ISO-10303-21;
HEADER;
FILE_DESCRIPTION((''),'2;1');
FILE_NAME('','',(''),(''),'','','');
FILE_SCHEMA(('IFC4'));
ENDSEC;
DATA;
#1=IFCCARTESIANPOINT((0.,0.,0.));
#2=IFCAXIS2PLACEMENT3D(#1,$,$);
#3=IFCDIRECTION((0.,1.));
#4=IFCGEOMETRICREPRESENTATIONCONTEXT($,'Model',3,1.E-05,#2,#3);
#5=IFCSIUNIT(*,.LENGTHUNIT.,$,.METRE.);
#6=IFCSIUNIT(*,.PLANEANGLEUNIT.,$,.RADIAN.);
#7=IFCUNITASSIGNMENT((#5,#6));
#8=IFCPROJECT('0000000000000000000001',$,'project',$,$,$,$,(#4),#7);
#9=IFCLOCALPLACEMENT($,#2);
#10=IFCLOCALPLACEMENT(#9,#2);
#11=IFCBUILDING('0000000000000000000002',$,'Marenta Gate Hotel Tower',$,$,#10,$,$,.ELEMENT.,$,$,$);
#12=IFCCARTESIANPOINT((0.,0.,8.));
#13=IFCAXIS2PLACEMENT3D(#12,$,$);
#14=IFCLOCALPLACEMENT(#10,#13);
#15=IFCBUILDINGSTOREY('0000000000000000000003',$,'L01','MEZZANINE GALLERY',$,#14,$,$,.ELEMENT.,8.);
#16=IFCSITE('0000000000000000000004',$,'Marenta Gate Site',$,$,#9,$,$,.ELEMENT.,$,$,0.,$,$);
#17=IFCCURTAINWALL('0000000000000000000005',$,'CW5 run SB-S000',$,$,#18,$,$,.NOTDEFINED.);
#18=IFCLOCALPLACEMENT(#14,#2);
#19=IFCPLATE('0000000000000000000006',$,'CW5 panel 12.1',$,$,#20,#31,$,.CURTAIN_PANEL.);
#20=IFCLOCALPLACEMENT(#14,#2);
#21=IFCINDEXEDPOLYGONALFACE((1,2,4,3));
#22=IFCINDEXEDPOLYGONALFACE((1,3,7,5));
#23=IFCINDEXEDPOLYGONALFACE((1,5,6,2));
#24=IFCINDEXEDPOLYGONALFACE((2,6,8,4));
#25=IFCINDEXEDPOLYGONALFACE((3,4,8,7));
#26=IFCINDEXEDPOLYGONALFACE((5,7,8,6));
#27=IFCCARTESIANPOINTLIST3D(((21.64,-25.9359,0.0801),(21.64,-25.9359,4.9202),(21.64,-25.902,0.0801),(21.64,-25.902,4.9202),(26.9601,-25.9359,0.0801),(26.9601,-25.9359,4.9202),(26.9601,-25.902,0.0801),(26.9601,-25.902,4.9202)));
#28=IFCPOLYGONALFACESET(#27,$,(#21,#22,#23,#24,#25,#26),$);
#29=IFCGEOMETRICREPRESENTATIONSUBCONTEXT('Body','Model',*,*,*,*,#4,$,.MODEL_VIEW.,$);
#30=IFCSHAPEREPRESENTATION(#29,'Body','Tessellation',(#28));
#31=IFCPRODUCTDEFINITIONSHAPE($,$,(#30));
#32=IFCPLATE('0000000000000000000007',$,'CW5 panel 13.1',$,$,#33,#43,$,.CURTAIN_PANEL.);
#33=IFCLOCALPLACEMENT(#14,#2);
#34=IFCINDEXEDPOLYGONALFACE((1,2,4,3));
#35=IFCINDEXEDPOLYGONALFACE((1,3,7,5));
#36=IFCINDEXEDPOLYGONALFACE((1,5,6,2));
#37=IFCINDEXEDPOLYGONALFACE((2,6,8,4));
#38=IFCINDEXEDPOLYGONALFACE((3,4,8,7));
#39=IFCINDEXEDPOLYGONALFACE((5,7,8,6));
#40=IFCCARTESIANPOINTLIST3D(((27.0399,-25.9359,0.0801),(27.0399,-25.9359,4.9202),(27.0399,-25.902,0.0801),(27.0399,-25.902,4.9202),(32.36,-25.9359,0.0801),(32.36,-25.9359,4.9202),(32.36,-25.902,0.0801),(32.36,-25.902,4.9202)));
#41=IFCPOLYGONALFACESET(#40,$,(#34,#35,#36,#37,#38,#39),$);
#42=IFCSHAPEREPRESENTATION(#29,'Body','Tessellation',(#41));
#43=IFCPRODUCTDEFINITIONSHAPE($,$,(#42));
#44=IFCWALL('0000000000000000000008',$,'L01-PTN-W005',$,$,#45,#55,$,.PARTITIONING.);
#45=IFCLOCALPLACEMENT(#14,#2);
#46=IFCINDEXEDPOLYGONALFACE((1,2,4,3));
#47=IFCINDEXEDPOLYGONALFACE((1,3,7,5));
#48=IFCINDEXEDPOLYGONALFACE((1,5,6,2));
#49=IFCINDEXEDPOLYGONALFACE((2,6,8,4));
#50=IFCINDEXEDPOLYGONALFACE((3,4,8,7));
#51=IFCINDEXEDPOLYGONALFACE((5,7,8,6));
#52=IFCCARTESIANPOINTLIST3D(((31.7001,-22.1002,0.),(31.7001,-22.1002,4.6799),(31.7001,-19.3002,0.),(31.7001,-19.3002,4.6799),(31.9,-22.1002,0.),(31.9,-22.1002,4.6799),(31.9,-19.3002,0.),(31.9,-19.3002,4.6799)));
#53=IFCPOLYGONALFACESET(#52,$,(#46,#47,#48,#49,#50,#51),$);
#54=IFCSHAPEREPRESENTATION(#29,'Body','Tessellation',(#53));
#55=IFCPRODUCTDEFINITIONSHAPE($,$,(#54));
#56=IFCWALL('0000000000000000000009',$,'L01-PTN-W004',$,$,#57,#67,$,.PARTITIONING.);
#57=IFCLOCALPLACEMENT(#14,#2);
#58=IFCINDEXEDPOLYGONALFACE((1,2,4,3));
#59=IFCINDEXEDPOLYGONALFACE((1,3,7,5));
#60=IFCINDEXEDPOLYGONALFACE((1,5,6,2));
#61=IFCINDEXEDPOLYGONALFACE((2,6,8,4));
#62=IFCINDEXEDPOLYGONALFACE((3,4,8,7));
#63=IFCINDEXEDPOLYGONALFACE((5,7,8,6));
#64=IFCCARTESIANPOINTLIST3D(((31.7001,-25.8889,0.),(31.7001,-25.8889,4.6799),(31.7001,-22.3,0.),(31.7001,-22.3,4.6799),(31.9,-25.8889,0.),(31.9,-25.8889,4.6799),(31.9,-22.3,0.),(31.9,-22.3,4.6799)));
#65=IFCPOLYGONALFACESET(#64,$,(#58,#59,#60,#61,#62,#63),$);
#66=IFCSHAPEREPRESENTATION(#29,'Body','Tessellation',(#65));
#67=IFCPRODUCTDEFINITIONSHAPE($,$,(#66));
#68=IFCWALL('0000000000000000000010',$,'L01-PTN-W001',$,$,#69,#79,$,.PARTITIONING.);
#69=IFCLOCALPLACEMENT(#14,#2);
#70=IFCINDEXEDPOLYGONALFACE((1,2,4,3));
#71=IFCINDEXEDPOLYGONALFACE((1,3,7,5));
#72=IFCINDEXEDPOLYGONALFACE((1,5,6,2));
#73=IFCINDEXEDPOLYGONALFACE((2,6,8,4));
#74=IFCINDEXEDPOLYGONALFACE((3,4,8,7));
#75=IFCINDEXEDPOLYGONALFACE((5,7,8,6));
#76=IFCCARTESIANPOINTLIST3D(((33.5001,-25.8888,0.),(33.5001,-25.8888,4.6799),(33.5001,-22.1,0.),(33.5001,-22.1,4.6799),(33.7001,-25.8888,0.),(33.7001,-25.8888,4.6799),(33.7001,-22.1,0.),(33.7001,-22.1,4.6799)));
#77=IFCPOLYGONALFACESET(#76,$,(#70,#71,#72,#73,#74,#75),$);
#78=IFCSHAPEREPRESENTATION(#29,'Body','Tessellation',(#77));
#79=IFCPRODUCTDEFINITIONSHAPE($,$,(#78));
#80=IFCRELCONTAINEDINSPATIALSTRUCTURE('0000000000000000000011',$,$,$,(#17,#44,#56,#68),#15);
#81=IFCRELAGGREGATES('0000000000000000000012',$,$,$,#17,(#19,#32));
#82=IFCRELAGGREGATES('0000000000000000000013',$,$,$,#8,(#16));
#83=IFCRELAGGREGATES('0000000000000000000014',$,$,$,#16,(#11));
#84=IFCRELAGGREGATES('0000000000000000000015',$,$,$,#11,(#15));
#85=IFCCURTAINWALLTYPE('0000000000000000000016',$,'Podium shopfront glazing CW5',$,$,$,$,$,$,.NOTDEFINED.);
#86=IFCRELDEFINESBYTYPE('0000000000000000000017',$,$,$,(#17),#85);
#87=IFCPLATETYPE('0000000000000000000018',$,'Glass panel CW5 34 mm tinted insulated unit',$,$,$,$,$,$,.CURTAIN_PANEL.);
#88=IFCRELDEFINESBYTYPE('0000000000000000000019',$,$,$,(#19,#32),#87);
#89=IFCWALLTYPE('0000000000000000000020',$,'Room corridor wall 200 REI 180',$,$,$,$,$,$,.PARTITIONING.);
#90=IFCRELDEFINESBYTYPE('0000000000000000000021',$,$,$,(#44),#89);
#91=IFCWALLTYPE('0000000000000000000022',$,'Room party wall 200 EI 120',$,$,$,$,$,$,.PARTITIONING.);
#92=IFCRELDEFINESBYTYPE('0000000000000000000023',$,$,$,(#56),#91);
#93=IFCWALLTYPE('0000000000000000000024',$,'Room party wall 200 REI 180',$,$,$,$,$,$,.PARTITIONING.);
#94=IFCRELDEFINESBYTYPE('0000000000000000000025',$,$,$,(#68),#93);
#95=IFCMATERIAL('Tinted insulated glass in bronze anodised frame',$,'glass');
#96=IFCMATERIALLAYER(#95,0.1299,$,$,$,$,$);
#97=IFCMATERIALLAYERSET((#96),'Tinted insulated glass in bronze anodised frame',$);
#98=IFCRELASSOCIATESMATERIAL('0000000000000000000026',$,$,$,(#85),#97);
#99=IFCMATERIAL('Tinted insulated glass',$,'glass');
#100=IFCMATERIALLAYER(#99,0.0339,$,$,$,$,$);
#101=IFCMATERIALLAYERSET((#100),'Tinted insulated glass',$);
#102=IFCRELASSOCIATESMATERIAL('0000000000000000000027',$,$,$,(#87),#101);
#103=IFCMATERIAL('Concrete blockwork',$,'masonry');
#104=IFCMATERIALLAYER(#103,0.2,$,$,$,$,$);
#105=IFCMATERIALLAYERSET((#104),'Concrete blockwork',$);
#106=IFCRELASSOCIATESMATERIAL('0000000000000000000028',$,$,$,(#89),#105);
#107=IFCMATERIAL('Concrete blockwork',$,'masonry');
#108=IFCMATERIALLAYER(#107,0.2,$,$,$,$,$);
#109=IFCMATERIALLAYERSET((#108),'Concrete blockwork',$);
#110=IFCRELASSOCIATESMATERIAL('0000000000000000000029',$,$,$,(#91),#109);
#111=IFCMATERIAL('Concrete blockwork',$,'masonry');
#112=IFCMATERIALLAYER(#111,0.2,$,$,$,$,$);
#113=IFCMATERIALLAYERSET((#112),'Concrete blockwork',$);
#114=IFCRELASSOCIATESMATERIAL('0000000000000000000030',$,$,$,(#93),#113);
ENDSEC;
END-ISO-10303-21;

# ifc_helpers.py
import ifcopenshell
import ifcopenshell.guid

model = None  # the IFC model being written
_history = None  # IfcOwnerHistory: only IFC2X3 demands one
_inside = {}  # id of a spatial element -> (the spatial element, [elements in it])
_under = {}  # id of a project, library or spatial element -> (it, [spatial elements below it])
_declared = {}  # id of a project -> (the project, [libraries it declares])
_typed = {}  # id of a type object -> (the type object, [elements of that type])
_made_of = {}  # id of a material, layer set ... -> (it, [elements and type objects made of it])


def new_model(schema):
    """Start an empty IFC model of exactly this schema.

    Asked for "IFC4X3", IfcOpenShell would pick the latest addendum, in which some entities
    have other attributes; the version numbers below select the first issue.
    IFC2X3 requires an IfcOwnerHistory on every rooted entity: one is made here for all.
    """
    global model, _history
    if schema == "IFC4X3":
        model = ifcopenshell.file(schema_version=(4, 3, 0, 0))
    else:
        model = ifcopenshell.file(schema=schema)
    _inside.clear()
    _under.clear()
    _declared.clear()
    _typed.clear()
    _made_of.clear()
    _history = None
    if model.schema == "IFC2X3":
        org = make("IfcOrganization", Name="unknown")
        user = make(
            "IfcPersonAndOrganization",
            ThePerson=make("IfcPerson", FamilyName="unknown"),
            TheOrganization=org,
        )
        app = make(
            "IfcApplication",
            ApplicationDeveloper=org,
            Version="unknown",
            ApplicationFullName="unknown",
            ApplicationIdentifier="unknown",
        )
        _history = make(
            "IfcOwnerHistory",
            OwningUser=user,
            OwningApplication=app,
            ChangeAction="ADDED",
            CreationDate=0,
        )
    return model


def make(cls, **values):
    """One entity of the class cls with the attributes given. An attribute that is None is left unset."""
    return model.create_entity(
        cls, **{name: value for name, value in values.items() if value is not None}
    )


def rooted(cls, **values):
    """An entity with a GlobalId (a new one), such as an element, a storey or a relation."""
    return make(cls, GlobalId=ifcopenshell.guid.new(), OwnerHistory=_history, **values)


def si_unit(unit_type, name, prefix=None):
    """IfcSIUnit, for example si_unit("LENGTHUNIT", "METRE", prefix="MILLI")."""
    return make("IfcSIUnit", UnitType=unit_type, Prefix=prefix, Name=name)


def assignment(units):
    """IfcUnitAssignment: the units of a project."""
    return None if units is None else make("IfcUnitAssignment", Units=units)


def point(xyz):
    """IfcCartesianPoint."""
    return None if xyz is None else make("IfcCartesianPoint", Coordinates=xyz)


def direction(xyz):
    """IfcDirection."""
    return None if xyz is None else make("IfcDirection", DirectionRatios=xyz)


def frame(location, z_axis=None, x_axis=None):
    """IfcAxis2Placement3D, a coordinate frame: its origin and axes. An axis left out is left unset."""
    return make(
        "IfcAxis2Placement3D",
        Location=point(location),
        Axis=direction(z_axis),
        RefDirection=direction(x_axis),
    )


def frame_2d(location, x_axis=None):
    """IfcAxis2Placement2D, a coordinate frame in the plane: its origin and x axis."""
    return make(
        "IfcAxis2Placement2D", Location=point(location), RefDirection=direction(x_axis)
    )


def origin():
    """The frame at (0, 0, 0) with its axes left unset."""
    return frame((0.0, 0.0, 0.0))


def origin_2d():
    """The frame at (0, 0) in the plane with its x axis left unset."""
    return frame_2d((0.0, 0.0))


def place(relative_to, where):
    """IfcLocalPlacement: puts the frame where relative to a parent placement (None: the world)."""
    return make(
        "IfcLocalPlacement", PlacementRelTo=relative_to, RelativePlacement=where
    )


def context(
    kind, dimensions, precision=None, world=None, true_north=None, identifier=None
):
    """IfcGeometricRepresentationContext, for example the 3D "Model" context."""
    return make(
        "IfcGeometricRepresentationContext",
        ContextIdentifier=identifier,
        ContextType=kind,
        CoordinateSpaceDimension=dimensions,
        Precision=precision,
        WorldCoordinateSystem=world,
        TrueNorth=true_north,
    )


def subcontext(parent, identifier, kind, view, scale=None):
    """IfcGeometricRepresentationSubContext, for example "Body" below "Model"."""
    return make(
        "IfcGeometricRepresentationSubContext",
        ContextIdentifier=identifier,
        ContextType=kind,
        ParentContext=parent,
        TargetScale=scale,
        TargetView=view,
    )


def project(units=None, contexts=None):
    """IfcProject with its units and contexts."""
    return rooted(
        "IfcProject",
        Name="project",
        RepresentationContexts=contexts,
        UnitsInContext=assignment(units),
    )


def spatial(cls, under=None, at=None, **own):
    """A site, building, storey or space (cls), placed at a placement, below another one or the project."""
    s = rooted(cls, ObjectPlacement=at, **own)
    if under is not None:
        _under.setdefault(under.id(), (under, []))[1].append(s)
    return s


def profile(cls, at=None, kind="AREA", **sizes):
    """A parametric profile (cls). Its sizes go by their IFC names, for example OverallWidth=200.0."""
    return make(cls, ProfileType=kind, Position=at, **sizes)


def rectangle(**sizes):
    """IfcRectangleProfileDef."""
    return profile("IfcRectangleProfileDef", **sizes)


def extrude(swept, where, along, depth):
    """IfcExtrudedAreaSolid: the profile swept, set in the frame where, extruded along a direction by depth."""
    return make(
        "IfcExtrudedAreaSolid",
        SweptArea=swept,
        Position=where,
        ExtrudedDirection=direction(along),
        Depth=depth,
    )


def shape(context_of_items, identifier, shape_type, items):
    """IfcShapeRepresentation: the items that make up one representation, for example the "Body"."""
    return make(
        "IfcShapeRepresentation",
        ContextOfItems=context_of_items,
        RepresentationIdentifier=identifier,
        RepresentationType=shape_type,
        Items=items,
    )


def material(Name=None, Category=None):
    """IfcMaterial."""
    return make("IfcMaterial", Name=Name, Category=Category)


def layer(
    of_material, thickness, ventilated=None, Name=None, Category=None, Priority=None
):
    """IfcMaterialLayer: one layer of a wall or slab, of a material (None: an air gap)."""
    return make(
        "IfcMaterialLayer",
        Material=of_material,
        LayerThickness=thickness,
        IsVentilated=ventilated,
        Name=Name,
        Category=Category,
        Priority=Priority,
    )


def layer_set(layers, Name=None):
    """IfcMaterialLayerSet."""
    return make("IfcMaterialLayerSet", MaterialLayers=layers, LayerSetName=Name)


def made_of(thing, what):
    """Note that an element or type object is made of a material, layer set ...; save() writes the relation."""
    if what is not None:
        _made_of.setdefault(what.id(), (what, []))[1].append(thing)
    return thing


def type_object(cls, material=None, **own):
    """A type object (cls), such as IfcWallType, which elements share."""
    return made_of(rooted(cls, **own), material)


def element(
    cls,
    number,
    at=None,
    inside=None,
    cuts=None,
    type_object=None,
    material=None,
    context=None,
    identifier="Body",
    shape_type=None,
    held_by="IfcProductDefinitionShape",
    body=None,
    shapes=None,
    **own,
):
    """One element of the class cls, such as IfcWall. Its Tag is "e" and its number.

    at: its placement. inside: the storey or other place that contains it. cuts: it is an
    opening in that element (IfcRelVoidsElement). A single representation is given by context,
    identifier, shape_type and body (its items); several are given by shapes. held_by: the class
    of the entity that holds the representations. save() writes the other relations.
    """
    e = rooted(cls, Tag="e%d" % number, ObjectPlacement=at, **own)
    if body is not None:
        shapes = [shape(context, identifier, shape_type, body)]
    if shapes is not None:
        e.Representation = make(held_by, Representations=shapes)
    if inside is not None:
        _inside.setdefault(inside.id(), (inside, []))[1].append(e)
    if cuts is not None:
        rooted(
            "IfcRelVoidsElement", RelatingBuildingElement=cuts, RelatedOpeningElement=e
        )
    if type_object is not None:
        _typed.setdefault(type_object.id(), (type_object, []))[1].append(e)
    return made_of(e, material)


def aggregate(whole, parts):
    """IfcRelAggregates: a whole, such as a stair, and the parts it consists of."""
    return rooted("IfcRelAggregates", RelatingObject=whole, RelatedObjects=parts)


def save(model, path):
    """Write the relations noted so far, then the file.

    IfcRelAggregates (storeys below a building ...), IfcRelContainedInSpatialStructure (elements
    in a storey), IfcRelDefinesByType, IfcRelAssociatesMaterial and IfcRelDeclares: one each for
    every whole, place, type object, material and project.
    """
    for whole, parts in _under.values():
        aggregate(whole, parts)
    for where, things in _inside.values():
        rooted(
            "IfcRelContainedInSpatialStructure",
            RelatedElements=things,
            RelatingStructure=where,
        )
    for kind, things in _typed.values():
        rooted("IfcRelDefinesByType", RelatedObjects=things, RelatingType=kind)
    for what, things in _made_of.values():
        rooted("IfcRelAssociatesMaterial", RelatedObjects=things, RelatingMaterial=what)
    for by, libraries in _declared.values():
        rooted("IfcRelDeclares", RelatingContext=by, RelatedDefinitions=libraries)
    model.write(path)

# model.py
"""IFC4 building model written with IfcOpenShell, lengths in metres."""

from ifc_helpers import new_model, si_unit, direction, frame, frame_2d, origin, origin_2d, place, context, subcontext, project, spatial, rectangle, extrude, material, layer, layer_set, type_object, element, aggregate, save


model = new_model("IFC4")

# Units and contexts
model_context = context("Model", 3, precision=1e-05, world=origin(), true_north=direction((0.0, 1.0)))
body_context = subcontext(model_context, "Body", "Model", "MODEL_VIEW")
ifc_project = project(units=[si_unit("LENGTHUNIT", "METRE"), si_unit("PLANEANGLEUNIT", "RADIAN")], contexts=[model_context])

# Site, building, storey
site_placement = place(None, origin())
site = spatial("IfcSite", under=ifc_project, at=site_placement, Name="Marenta Gate Site", CompositionType="ELEMENT", RefElevation=0.0)
building_placement = place(site_placement, origin())
building = spatial("IfcBuilding", under=site, at=building_placement, Name="Marenta Gate Hotel Tower", CompositionType="ELEMENT")
storey_placement = place(building_placement, frame((0.0, 0.0, 8.0)))
storey = spatial("IfcBuildingStorey", under=building, at=storey_placement, Name="L01", Description="MEZZANINE GALLERY", CompositionType="ELEMENT", Elevation=8.0)

# Curtain wall
ifc_material_1 = material(Name="Tinted insulated glass in bronze anodised frame", Category="glass")
ifc_layer_1 = layer(ifc_material_1, 0.1299)
ifc_layer_set_1 = layer_set([ifc_layer_1], Name="Tinted insulated glass in bronze anodised frame")
curtain_wall_type = type_object("IfcCurtainWallType", Name="Podium shopfront glazing CW5", PredefinedType="NOTDEFINED", material=ifc_layer_set_1)
curtain_wall_placement = place(storey_placement, origin())
curtain_wall = element("IfcCurtainWall", 1, at=curtain_wall_placement, inside=storey, type_object=curtain_wall_type, Name="CW5 run SB-S000", PredefinedType="NOTDEFINED")

# Plates
ifc_material_2 = material(Name="Tinted insulated glass", Category="glass")
ifc_layer_2 = layer(ifc_material_2, 0.0339)
ifc_layer_set_2 = layer_set([ifc_layer_2], Name="Tinted insulated glass")
plate_type = type_object("IfcPlateType", Name="Glass panel CW5 34 mm tinted insulated unit", PredefinedType="CURTAIN_PANEL", material=ifc_layer_set_2)
plate_1_placement = place(storey_placement, frame((24.3, -25.9189, 0.0801), z_axis=(0.0, 0.0, 1.0), x_axis=(1.0, 0.0, 0.0)))
plate_1 = element("IfcPlate", 2, at=plate_1_placement, type_object=plate_type, Name="CW5 panel 12.1", PredefinedType="CURTAIN_PANEL", context=body_context, shape_type="SweptSolid", body=[
    extrude(rectangle(XDim=5.3201, YDim=0.0339, at=origin_2d()), origin(), (0.0, 0.0, 1.0), 4.8401),
])
plate_2_placement = place(storey_placement, frame((29.7, -25.9189, 0.0801), z_axis=(0.0, 0.0, 1.0), x_axis=(1.0, 0.0, 0.0)))
plate_2 = element("IfcPlate", 3, at=plate_2_placement, type_object=plate_type, Name="CW5 panel 13.1", PredefinedType="CURTAIN_PANEL", context=body_context, shape_type="SweptSolid", body=[
    extrude(rectangle(XDim=5.3201, YDim=0.0339, at=origin_2d()), origin(), (0.0, 0.0, 1.0), 4.8401),
])
aggregate(curtain_wall, [plate_1, plate_2])

# Wall
ifc_material_3 = material(Name="Concrete blockwork", Category="masonry")
ifc_layer_3 = layer(ifc_material_3, 0.2)
ifc_layer_set_3 = layer_set([ifc_layer_3], Name="Concrete blockwork")
wall_type_1 = type_object("IfcWallType", Name="Room corridor wall 200 REI 180", PredefinedType="PARTITIONING", material=ifc_layer_set_3)
wall_1_placement = place(storey_placement, frame((31.8, -22.1001, 0.0), z_axis=(0.0, 0.0, 1.0), x_axis=(0.0, 1.0, 0.0)))
element("IfcWall", 4, at=wall_1_placement, inside=storey, type_object=wall_type_1, Name="L01-PTN-W005", PredefinedType="PARTITIONING", context=body_context, shape_type="SweptSolid", body=[
    extrude(rectangle(XDim=2.8, YDim=0.2, at=frame_2d((1.3999, 0.0))), origin(), (0.0, 0.0, 1.0), 4.6799),
])

# Walls
ifc_material_4 = material(Name="Concrete blockwork", Category="masonry")
ifc_layer_4 = layer(ifc_material_4, 0.2)
ifc_layer_set_4 = layer_set([ifc_layer_4], Name="Concrete blockwork")
wall_type_2 = type_object("IfcWallType", Name="Room party wall 200 EI 120", PredefinedType="PARTITIONING", material=ifc_layer_set_4)
wall_2_placement = place(storey_placement, frame((31.8, -25.8889, 0.0), z_axis=(0.0, 0.0, 1.0), x_axis=(0.0, 1.0, 0.0)))
element("IfcWall", 5, at=wall_2_placement, inside=storey, type_object=wall_type_2, Name="L01-PTN-W004", PredefinedType="PARTITIONING", context=body_context, shape_type="SweptSolid", body=[
    extrude(rectangle(XDim=3.5889, YDim=0.2, at=frame_2d((1.7944, 0.0))), origin(), (0.0, 0.0, 1.0), 4.6799),
])
ifc_material_5 = material(Name="Concrete blockwork", Category="masonry")
ifc_layer_5 = layer(ifc_material_5, 0.2)
ifc_layer_set_5 = layer_set([ifc_layer_5], Name="Concrete blockwork")
wall_type_3 = type_object("IfcWallType", Name="Room party wall 200 REI 180", PredefinedType="PARTITIONING", material=ifc_layer_set_5)
wall_3_placement = place(storey_placement, frame((33.6001, -25.8889, 0.0), z_axis=(0.0, 0.0, 1.0), x_axis=(0.0, 1.0, 0.0)))
element("IfcWall", 6, at=wall_3_placement, inside=storey, type_object=wall_type_3, Name="L01-PTN-W001", PredefinedType="PARTITIONING", context=body_context, shape_type="SweptSolid", body=[
    extrude(rectangle(XDim=3.7888, YDim=0.2, at=frame_2d((1.8945, 0.0))), origin(), (0.0, 0.0, 1.0), 4.6799),
])

save(model, "model.ifc")
